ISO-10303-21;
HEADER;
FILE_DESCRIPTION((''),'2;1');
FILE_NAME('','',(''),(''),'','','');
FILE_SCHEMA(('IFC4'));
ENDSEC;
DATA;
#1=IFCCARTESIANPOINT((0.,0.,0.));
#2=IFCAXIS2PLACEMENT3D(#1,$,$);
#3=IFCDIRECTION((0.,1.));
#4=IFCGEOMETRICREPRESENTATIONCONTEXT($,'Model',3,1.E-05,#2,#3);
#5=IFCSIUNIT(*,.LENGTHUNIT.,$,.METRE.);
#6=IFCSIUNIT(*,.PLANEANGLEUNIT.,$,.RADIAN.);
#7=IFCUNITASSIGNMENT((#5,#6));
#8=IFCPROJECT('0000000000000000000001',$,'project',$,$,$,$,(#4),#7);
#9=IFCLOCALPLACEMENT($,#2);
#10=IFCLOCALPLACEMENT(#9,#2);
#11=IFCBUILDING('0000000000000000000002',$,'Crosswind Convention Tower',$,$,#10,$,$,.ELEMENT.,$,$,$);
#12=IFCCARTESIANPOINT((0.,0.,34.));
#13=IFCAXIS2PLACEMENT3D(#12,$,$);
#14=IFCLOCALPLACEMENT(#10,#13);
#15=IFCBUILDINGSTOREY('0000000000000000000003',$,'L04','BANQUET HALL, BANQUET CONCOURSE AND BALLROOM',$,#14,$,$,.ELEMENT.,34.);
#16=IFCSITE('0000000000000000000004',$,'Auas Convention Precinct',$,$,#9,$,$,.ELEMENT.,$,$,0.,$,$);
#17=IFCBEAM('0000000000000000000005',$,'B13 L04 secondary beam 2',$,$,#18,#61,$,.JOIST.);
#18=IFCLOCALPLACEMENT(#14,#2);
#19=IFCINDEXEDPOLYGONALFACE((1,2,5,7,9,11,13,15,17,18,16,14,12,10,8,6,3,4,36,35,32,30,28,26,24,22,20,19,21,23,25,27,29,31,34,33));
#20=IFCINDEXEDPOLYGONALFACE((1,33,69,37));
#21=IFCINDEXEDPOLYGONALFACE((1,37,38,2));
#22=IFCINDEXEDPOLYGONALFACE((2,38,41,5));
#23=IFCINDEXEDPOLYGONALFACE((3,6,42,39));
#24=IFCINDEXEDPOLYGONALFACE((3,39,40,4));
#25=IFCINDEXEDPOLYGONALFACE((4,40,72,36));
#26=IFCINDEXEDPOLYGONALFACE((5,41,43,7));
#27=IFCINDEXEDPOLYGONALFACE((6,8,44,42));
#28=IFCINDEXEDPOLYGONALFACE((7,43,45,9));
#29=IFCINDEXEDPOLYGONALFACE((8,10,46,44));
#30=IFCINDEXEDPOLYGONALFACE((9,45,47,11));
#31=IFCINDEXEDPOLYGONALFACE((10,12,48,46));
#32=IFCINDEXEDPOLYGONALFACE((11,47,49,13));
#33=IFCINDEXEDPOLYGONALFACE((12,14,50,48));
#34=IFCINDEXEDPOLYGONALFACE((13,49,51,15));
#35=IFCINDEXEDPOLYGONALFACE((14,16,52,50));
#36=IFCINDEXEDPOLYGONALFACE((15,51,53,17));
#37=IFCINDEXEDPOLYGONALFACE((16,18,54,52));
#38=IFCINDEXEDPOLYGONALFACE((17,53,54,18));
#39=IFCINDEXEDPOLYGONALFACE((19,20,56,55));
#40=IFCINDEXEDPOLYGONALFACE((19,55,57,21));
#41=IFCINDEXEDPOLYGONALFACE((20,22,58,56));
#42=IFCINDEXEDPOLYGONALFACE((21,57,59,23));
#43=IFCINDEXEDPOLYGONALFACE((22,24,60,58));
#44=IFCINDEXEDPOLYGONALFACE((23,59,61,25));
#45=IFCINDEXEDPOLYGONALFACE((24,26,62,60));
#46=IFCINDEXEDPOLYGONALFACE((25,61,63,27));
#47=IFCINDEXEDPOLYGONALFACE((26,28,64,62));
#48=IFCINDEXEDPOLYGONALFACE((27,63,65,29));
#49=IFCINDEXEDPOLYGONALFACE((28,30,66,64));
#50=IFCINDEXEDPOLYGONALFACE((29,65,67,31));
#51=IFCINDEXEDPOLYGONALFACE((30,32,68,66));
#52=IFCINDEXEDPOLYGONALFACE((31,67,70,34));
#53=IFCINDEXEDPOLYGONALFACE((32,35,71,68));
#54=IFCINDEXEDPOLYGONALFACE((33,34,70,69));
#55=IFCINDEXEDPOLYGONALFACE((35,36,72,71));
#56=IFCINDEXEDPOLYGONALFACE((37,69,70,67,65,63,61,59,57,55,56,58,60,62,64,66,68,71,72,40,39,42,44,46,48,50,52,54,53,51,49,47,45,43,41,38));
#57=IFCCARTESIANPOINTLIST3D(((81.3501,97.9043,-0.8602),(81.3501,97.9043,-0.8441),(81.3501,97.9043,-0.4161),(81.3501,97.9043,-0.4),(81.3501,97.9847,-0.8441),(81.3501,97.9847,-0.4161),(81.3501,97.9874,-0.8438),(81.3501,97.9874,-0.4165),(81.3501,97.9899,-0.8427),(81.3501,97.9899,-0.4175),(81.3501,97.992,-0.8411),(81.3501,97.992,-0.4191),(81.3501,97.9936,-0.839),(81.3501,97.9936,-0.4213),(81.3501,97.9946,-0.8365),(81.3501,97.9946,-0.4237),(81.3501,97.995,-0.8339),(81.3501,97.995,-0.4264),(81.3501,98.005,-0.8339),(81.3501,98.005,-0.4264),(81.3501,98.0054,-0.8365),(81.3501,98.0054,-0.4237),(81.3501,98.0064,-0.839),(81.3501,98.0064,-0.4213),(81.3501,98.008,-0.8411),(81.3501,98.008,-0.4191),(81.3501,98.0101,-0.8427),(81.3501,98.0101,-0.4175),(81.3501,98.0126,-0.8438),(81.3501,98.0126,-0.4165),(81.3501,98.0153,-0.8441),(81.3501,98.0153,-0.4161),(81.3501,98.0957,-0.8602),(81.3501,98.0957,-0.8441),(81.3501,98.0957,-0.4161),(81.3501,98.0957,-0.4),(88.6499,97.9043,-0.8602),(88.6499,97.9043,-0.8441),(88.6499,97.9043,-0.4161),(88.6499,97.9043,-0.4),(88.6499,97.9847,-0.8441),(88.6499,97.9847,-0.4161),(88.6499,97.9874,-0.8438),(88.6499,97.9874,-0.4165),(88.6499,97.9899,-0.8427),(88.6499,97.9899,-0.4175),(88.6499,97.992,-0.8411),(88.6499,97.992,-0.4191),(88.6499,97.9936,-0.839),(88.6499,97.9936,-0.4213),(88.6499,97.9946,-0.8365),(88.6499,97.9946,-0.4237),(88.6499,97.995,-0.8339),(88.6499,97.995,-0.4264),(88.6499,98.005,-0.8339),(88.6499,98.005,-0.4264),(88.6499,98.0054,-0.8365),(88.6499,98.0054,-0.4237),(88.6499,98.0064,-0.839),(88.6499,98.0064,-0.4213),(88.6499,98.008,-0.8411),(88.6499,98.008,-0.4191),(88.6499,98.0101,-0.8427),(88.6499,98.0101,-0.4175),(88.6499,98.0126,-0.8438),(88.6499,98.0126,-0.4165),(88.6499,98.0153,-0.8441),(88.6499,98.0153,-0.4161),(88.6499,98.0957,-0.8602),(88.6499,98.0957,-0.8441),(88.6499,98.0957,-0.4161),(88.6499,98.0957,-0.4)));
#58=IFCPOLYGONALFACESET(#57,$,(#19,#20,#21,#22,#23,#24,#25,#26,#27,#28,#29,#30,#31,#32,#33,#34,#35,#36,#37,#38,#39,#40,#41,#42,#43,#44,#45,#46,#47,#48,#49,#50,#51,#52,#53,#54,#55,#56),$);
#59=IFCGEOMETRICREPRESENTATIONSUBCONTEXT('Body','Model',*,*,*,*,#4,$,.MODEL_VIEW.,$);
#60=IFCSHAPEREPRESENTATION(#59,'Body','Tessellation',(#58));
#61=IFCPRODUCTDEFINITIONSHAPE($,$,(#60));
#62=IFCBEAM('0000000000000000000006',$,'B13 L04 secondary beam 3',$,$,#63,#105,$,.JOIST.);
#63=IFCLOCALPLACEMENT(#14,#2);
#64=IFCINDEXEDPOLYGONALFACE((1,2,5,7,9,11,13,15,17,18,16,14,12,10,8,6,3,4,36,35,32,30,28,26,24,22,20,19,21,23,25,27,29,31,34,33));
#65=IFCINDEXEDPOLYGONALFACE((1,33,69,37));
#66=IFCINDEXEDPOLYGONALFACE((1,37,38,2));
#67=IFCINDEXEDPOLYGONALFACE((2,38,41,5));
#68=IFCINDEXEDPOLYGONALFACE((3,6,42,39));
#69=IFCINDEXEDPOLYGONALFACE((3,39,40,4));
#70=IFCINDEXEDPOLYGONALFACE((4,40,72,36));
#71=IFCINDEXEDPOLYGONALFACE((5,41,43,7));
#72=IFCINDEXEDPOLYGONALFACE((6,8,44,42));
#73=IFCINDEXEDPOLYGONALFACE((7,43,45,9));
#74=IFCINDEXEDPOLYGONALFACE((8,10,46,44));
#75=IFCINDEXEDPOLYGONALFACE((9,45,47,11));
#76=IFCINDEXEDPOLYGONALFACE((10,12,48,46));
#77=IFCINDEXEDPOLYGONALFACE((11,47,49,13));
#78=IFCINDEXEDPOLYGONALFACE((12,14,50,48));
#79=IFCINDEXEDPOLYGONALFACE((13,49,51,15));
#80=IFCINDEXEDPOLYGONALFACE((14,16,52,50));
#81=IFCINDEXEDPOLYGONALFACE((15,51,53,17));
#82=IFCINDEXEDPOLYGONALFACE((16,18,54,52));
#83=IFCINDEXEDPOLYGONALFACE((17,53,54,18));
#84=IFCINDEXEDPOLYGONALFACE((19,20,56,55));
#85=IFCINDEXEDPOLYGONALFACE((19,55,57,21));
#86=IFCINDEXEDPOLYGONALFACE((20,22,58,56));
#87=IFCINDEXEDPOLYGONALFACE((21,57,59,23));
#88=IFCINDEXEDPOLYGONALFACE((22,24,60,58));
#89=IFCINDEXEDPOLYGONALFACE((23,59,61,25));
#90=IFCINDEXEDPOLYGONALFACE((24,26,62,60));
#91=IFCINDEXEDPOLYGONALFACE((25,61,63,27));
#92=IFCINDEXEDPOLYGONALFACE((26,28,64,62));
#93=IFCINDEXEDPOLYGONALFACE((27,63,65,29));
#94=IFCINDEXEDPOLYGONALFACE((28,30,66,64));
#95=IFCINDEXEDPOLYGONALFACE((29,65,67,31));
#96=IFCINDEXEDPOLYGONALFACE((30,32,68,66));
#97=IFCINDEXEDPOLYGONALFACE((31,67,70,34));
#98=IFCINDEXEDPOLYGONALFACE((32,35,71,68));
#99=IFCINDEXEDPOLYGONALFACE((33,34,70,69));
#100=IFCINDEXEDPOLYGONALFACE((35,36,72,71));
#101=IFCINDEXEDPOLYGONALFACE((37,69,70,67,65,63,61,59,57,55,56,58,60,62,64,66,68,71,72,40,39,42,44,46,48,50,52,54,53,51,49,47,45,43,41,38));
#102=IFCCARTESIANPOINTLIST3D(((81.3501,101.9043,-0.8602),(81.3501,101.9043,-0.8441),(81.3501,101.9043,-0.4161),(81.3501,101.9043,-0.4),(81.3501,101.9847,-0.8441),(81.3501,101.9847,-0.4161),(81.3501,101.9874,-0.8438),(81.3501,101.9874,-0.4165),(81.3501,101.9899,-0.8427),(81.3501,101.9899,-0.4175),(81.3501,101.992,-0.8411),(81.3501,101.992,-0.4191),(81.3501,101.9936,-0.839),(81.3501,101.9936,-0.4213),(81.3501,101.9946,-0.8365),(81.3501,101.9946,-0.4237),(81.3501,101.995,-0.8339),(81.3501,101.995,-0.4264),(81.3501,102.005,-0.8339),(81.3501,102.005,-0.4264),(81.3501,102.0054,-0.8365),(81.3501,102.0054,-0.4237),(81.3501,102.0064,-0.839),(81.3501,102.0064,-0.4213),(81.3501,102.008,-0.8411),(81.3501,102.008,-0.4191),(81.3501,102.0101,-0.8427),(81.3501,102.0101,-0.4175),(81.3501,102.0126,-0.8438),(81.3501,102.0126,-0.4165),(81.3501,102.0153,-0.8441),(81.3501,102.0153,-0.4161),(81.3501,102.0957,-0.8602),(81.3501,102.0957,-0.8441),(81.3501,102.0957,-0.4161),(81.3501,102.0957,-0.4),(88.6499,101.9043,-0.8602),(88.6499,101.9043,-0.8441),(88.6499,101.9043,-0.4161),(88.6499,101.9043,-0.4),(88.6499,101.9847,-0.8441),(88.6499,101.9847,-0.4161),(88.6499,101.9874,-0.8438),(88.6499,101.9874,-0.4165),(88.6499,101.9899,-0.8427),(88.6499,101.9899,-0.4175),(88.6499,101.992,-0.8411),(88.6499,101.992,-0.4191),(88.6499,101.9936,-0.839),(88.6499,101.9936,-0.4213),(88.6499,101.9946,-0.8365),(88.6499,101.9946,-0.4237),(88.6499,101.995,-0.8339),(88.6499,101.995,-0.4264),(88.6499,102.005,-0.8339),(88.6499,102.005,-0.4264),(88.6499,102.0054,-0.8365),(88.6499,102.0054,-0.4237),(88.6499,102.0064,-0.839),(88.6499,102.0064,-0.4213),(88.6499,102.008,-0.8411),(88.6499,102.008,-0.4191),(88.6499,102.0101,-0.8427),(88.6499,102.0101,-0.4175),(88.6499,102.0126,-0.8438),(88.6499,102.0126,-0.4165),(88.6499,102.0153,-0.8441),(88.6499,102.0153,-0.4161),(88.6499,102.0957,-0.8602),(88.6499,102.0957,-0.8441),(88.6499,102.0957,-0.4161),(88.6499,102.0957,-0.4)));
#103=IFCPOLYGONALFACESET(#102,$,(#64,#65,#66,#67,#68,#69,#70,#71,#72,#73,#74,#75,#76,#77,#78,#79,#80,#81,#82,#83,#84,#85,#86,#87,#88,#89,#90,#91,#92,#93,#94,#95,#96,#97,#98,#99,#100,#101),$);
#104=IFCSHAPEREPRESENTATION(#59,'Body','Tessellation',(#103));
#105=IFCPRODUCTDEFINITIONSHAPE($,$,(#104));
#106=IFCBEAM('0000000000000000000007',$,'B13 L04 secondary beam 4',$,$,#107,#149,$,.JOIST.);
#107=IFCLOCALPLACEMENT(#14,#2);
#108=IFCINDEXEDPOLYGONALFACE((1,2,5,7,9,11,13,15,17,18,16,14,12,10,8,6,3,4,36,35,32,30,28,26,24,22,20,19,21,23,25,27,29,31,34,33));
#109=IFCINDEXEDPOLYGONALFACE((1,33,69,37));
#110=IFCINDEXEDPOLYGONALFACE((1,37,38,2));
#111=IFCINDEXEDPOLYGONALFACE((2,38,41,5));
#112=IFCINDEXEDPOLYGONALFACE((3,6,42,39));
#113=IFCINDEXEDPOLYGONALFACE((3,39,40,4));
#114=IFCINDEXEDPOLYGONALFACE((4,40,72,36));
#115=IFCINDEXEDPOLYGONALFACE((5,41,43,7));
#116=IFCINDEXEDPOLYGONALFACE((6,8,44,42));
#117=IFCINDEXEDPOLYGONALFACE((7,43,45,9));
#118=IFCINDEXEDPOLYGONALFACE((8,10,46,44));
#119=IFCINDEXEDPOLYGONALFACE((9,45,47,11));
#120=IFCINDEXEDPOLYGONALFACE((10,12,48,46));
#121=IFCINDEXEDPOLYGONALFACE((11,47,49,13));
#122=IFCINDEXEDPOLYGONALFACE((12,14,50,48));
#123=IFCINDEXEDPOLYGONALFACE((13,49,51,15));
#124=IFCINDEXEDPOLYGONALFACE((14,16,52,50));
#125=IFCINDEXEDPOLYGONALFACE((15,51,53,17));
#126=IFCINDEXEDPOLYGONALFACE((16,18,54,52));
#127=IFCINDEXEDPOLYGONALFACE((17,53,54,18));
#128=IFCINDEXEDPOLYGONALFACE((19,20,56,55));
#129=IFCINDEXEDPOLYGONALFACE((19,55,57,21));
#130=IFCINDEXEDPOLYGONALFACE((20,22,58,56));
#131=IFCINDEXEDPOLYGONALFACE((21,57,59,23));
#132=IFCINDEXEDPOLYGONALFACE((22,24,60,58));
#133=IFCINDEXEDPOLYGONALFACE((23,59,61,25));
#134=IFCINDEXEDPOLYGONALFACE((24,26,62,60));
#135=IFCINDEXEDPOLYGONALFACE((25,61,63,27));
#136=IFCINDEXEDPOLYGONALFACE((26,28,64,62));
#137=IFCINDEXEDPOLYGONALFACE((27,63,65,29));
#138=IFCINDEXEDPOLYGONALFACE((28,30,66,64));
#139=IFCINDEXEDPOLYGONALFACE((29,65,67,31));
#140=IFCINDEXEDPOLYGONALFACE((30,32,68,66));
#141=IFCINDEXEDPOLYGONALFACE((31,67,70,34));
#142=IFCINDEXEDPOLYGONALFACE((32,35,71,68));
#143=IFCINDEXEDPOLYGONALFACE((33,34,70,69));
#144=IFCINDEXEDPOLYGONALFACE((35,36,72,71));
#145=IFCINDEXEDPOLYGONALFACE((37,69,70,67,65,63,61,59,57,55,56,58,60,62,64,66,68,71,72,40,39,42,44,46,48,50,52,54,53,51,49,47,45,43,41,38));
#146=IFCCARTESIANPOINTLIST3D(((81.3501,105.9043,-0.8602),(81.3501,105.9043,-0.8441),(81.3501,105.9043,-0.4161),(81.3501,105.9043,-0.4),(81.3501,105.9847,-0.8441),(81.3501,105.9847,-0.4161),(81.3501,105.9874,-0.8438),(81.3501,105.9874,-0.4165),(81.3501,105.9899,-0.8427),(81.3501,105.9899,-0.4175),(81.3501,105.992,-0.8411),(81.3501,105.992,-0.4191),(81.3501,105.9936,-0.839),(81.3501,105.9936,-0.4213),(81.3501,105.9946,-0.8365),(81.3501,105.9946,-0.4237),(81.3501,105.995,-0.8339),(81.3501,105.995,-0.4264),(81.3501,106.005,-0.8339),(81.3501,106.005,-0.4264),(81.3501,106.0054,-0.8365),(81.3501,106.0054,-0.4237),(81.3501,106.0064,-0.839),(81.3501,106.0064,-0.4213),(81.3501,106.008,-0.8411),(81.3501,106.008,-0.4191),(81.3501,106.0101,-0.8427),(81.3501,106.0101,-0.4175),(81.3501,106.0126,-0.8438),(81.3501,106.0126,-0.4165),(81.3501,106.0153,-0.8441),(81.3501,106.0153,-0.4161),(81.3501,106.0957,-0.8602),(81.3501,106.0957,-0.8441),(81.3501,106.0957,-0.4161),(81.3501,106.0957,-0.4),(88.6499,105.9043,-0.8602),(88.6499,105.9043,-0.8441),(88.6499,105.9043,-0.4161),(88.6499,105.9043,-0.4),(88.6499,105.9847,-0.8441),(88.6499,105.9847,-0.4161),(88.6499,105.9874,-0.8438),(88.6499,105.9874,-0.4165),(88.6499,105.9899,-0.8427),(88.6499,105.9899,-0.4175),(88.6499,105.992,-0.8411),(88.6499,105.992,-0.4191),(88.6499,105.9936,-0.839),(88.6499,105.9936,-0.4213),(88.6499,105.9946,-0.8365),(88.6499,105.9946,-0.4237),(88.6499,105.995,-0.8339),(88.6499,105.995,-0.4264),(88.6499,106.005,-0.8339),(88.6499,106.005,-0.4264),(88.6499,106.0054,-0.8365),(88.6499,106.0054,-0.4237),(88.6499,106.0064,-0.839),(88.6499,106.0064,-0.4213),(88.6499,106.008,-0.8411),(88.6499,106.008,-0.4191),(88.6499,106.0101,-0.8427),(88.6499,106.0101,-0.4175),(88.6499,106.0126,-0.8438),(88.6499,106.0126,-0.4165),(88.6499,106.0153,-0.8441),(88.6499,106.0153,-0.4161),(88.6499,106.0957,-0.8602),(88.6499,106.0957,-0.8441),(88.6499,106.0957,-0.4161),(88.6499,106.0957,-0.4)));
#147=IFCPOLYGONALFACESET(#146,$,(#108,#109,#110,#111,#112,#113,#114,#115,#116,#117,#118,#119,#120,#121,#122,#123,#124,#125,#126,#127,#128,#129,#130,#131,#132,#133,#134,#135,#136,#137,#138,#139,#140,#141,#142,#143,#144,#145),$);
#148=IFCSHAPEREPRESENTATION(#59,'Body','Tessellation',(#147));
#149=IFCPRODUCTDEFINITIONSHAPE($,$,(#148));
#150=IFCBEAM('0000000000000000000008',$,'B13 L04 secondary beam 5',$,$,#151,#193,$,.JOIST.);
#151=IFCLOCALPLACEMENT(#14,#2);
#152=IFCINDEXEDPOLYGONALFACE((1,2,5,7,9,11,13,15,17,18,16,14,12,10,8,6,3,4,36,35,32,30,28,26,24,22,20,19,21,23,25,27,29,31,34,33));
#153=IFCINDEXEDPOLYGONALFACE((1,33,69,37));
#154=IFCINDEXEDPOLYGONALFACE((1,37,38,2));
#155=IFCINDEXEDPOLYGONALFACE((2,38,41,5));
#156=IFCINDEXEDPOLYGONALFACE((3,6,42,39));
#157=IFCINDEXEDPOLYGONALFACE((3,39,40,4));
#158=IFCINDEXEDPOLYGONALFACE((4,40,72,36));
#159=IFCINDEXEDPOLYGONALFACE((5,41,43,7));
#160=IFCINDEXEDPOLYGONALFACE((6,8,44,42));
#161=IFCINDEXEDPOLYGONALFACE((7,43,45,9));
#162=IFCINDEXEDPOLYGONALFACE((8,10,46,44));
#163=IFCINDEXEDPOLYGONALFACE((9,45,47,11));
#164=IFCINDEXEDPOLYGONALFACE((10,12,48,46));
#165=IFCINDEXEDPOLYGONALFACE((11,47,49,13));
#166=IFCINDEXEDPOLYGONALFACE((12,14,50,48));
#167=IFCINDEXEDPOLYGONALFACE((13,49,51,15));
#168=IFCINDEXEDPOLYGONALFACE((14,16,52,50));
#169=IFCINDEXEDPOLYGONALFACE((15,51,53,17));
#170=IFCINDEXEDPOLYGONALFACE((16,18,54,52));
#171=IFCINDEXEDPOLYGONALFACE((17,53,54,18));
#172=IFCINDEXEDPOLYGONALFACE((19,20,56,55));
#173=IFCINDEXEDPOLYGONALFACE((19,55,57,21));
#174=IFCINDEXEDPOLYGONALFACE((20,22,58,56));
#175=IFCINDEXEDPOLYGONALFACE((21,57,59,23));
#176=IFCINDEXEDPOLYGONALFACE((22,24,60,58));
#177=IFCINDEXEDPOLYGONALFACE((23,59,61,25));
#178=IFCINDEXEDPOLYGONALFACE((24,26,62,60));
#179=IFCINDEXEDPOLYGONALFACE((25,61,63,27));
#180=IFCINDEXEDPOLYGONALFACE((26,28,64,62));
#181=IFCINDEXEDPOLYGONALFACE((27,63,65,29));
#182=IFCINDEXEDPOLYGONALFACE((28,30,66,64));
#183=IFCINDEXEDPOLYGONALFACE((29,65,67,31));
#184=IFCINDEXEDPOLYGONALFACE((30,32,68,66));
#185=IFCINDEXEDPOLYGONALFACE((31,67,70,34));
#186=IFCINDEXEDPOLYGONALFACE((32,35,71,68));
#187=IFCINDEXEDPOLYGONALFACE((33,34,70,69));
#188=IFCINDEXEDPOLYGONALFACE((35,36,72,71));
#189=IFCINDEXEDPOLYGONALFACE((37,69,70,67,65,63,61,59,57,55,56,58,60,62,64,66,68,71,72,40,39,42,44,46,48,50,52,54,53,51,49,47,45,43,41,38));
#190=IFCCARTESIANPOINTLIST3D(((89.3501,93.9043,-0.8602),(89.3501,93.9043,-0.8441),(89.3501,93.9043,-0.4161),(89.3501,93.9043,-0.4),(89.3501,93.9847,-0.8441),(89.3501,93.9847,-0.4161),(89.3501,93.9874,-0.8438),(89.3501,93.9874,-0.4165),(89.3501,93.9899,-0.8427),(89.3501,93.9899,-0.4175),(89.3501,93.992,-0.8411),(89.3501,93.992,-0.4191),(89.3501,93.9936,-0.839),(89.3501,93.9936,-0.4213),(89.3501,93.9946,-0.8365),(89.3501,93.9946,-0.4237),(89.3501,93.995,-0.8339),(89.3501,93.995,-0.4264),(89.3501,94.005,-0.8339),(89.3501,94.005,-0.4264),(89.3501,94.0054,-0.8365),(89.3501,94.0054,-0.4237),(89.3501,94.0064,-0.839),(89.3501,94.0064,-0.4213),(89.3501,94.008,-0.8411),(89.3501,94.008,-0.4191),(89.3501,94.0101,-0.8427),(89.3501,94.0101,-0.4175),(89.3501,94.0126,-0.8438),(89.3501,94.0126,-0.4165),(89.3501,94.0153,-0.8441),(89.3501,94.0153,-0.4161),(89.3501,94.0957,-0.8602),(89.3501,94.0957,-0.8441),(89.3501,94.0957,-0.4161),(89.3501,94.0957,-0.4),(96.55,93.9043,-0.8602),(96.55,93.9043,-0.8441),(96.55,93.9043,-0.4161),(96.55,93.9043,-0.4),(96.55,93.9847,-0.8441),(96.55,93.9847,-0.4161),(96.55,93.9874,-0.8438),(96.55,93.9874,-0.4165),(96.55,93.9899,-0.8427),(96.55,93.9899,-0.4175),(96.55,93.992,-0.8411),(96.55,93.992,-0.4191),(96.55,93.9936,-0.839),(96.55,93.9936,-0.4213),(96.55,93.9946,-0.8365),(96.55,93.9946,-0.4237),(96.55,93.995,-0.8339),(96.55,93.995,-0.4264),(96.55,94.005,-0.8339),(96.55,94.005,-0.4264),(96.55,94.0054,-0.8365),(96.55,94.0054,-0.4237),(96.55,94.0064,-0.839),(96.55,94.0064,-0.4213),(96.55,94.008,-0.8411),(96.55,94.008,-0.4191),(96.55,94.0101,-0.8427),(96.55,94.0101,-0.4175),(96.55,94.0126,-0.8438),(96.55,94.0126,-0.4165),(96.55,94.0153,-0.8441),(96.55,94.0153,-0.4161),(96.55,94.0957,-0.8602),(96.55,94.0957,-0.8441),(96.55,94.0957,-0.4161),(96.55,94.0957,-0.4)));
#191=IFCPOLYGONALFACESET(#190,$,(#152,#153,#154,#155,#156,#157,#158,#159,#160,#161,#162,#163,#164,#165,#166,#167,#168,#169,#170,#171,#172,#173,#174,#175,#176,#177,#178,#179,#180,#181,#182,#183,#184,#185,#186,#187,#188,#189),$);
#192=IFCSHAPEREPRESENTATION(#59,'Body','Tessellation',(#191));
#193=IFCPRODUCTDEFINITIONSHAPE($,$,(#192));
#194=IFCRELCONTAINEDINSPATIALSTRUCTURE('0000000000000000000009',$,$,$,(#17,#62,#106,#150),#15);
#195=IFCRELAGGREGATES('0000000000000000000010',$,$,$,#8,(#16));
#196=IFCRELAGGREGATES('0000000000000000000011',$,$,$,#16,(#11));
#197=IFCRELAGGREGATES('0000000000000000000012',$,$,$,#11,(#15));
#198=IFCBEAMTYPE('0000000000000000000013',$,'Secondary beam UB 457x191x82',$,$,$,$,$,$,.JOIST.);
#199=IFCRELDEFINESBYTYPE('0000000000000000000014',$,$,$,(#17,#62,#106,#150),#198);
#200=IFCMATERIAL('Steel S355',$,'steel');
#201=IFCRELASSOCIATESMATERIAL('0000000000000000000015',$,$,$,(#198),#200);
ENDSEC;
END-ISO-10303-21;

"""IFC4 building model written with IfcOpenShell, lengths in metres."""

from ifc_helpers import new_model, si_unit, direction, frame, origin, origin_2d, place, context, subcontext, project, spatial, i_section, extrude, material, material_profile, profile_set, type_object, element, save


model = new_model("IFC4")

# Units and contexts
model_context = context("Model", 3, precision=1e-05, world=origin(), true_north=direction((0.0, 1.0)))
body_context = subcontext(model_context, "Body", "Model", "MODEL_VIEW")
ifc_project = project(units=[si_unit("LENGTHUNIT", "METRE"), si_unit("PLANEANGLEUNIT", "RADIAN")], contexts=[model_context])

# Site, building, storey
site_placement = place(None, origin())
site = spatial("IfcSite", under=ifc_project, at=site_placement, Name="Auas Convention Precinct", CompositionType="ELEMENT", RefElevation=0.0)
building_placement = place(site_placement, origin())
building = spatial("IfcBuilding", under=site, at=building_placement, Name="Crosswind Convention Tower", CompositionType="ELEMENT")
storey_placement = place(building_placement, frame((0.0, 0.0, 34.0)))
storey = spatial("IfcBuildingStorey", under=building, at=storey_placement, Name="L04", Description="BANQUET HALL, BANQUET CONCOURSE AND BALLROOM", CompositionType="ELEMENT", Elevation=34.0)

# Shared definitions
ifc_material_1 = material(Name="Steel S355", Category="steel")

# Beams
ifc_material_profile_1 = material_profile(ifc_material_1, i_section(OverallWidth=0.1914, OverallDepth=0.4602, WebThickness=0.01, FlangeThickness=0.0161, FilletRadius=0.0103, at=origin_2d()), Name="UB 457x191x82")
ifc_profile_set_1 = profile_set([ifc_material_profile_1], Name="Steel S355")
beam_type_1 = type_object("IfcBeamType", Name="Secondary beam UB 457x191x82", PredefinedType="JOIST", material=ifc_profile_set_1)
for number, where, z_axis, x_axis, name in (
    (1, (81.3501, 98.0, -0.6301), (1.0, 0.0, 0.0), (0.0, 1.0, 0.0), "B13 L04 secondary beam 2"),
    (2, (81.3501, 102.0, -0.6301), (1.0, 0.0, 0.0), (0.0, 1.0, 0.0), "B13 L04 secondary beam 3"),
    (3, (81.3501, 106.0, -0.6301), (1.0, 0.0, 0.0), (0.0, 1.0, 0.0), "B13 L04 secondary beam 4"),
):
    element("IfcBeam", number, at=place(storey_placement, frame(where, z_axis=z_axis, x_axis=x_axis)), inside=storey, type_object=beam_type_1, Name=name, PredefinedType="JOIST", context=body_context, shape_type="SweptSolid", body=[
        extrude(i_section(OverallWidth=0.1914, OverallDepth=0.4602, WebThickness=0.01, FlangeThickness=0.0161, FilletRadius=0.0103, at=origin_2d()), origin(), (0.0, 0.0, 1.0), 7.2998),
    ])
for number, where, z_axis, x_axis, name in (
    (4, (89.3501, 94.0, -0.6301), (1.0, 0.0, 0.0), (0.0, 1.0, 0.0), "B13 L04 secondary beam 5"),
):
    element("IfcBeam", number, at=place(storey_placement, frame(where, z_axis=z_axis, x_axis=x_axis)), inside=storey, type_object=beam_type_1, Name=name, PredefinedType="JOIST", context=body_context, shape_type="SweptSolid", body=[
        extrude(i_section(OverallWidth=0.1914, OverallDepth=0.4602, WebThickness=0.01, FlangeThickness=0.0161, FilletRadius=0.0103, at=origin_2d()), origin(), (0.0, 0.0, 1.0), 7.2),
    ])

save(model, "model.ifc")
